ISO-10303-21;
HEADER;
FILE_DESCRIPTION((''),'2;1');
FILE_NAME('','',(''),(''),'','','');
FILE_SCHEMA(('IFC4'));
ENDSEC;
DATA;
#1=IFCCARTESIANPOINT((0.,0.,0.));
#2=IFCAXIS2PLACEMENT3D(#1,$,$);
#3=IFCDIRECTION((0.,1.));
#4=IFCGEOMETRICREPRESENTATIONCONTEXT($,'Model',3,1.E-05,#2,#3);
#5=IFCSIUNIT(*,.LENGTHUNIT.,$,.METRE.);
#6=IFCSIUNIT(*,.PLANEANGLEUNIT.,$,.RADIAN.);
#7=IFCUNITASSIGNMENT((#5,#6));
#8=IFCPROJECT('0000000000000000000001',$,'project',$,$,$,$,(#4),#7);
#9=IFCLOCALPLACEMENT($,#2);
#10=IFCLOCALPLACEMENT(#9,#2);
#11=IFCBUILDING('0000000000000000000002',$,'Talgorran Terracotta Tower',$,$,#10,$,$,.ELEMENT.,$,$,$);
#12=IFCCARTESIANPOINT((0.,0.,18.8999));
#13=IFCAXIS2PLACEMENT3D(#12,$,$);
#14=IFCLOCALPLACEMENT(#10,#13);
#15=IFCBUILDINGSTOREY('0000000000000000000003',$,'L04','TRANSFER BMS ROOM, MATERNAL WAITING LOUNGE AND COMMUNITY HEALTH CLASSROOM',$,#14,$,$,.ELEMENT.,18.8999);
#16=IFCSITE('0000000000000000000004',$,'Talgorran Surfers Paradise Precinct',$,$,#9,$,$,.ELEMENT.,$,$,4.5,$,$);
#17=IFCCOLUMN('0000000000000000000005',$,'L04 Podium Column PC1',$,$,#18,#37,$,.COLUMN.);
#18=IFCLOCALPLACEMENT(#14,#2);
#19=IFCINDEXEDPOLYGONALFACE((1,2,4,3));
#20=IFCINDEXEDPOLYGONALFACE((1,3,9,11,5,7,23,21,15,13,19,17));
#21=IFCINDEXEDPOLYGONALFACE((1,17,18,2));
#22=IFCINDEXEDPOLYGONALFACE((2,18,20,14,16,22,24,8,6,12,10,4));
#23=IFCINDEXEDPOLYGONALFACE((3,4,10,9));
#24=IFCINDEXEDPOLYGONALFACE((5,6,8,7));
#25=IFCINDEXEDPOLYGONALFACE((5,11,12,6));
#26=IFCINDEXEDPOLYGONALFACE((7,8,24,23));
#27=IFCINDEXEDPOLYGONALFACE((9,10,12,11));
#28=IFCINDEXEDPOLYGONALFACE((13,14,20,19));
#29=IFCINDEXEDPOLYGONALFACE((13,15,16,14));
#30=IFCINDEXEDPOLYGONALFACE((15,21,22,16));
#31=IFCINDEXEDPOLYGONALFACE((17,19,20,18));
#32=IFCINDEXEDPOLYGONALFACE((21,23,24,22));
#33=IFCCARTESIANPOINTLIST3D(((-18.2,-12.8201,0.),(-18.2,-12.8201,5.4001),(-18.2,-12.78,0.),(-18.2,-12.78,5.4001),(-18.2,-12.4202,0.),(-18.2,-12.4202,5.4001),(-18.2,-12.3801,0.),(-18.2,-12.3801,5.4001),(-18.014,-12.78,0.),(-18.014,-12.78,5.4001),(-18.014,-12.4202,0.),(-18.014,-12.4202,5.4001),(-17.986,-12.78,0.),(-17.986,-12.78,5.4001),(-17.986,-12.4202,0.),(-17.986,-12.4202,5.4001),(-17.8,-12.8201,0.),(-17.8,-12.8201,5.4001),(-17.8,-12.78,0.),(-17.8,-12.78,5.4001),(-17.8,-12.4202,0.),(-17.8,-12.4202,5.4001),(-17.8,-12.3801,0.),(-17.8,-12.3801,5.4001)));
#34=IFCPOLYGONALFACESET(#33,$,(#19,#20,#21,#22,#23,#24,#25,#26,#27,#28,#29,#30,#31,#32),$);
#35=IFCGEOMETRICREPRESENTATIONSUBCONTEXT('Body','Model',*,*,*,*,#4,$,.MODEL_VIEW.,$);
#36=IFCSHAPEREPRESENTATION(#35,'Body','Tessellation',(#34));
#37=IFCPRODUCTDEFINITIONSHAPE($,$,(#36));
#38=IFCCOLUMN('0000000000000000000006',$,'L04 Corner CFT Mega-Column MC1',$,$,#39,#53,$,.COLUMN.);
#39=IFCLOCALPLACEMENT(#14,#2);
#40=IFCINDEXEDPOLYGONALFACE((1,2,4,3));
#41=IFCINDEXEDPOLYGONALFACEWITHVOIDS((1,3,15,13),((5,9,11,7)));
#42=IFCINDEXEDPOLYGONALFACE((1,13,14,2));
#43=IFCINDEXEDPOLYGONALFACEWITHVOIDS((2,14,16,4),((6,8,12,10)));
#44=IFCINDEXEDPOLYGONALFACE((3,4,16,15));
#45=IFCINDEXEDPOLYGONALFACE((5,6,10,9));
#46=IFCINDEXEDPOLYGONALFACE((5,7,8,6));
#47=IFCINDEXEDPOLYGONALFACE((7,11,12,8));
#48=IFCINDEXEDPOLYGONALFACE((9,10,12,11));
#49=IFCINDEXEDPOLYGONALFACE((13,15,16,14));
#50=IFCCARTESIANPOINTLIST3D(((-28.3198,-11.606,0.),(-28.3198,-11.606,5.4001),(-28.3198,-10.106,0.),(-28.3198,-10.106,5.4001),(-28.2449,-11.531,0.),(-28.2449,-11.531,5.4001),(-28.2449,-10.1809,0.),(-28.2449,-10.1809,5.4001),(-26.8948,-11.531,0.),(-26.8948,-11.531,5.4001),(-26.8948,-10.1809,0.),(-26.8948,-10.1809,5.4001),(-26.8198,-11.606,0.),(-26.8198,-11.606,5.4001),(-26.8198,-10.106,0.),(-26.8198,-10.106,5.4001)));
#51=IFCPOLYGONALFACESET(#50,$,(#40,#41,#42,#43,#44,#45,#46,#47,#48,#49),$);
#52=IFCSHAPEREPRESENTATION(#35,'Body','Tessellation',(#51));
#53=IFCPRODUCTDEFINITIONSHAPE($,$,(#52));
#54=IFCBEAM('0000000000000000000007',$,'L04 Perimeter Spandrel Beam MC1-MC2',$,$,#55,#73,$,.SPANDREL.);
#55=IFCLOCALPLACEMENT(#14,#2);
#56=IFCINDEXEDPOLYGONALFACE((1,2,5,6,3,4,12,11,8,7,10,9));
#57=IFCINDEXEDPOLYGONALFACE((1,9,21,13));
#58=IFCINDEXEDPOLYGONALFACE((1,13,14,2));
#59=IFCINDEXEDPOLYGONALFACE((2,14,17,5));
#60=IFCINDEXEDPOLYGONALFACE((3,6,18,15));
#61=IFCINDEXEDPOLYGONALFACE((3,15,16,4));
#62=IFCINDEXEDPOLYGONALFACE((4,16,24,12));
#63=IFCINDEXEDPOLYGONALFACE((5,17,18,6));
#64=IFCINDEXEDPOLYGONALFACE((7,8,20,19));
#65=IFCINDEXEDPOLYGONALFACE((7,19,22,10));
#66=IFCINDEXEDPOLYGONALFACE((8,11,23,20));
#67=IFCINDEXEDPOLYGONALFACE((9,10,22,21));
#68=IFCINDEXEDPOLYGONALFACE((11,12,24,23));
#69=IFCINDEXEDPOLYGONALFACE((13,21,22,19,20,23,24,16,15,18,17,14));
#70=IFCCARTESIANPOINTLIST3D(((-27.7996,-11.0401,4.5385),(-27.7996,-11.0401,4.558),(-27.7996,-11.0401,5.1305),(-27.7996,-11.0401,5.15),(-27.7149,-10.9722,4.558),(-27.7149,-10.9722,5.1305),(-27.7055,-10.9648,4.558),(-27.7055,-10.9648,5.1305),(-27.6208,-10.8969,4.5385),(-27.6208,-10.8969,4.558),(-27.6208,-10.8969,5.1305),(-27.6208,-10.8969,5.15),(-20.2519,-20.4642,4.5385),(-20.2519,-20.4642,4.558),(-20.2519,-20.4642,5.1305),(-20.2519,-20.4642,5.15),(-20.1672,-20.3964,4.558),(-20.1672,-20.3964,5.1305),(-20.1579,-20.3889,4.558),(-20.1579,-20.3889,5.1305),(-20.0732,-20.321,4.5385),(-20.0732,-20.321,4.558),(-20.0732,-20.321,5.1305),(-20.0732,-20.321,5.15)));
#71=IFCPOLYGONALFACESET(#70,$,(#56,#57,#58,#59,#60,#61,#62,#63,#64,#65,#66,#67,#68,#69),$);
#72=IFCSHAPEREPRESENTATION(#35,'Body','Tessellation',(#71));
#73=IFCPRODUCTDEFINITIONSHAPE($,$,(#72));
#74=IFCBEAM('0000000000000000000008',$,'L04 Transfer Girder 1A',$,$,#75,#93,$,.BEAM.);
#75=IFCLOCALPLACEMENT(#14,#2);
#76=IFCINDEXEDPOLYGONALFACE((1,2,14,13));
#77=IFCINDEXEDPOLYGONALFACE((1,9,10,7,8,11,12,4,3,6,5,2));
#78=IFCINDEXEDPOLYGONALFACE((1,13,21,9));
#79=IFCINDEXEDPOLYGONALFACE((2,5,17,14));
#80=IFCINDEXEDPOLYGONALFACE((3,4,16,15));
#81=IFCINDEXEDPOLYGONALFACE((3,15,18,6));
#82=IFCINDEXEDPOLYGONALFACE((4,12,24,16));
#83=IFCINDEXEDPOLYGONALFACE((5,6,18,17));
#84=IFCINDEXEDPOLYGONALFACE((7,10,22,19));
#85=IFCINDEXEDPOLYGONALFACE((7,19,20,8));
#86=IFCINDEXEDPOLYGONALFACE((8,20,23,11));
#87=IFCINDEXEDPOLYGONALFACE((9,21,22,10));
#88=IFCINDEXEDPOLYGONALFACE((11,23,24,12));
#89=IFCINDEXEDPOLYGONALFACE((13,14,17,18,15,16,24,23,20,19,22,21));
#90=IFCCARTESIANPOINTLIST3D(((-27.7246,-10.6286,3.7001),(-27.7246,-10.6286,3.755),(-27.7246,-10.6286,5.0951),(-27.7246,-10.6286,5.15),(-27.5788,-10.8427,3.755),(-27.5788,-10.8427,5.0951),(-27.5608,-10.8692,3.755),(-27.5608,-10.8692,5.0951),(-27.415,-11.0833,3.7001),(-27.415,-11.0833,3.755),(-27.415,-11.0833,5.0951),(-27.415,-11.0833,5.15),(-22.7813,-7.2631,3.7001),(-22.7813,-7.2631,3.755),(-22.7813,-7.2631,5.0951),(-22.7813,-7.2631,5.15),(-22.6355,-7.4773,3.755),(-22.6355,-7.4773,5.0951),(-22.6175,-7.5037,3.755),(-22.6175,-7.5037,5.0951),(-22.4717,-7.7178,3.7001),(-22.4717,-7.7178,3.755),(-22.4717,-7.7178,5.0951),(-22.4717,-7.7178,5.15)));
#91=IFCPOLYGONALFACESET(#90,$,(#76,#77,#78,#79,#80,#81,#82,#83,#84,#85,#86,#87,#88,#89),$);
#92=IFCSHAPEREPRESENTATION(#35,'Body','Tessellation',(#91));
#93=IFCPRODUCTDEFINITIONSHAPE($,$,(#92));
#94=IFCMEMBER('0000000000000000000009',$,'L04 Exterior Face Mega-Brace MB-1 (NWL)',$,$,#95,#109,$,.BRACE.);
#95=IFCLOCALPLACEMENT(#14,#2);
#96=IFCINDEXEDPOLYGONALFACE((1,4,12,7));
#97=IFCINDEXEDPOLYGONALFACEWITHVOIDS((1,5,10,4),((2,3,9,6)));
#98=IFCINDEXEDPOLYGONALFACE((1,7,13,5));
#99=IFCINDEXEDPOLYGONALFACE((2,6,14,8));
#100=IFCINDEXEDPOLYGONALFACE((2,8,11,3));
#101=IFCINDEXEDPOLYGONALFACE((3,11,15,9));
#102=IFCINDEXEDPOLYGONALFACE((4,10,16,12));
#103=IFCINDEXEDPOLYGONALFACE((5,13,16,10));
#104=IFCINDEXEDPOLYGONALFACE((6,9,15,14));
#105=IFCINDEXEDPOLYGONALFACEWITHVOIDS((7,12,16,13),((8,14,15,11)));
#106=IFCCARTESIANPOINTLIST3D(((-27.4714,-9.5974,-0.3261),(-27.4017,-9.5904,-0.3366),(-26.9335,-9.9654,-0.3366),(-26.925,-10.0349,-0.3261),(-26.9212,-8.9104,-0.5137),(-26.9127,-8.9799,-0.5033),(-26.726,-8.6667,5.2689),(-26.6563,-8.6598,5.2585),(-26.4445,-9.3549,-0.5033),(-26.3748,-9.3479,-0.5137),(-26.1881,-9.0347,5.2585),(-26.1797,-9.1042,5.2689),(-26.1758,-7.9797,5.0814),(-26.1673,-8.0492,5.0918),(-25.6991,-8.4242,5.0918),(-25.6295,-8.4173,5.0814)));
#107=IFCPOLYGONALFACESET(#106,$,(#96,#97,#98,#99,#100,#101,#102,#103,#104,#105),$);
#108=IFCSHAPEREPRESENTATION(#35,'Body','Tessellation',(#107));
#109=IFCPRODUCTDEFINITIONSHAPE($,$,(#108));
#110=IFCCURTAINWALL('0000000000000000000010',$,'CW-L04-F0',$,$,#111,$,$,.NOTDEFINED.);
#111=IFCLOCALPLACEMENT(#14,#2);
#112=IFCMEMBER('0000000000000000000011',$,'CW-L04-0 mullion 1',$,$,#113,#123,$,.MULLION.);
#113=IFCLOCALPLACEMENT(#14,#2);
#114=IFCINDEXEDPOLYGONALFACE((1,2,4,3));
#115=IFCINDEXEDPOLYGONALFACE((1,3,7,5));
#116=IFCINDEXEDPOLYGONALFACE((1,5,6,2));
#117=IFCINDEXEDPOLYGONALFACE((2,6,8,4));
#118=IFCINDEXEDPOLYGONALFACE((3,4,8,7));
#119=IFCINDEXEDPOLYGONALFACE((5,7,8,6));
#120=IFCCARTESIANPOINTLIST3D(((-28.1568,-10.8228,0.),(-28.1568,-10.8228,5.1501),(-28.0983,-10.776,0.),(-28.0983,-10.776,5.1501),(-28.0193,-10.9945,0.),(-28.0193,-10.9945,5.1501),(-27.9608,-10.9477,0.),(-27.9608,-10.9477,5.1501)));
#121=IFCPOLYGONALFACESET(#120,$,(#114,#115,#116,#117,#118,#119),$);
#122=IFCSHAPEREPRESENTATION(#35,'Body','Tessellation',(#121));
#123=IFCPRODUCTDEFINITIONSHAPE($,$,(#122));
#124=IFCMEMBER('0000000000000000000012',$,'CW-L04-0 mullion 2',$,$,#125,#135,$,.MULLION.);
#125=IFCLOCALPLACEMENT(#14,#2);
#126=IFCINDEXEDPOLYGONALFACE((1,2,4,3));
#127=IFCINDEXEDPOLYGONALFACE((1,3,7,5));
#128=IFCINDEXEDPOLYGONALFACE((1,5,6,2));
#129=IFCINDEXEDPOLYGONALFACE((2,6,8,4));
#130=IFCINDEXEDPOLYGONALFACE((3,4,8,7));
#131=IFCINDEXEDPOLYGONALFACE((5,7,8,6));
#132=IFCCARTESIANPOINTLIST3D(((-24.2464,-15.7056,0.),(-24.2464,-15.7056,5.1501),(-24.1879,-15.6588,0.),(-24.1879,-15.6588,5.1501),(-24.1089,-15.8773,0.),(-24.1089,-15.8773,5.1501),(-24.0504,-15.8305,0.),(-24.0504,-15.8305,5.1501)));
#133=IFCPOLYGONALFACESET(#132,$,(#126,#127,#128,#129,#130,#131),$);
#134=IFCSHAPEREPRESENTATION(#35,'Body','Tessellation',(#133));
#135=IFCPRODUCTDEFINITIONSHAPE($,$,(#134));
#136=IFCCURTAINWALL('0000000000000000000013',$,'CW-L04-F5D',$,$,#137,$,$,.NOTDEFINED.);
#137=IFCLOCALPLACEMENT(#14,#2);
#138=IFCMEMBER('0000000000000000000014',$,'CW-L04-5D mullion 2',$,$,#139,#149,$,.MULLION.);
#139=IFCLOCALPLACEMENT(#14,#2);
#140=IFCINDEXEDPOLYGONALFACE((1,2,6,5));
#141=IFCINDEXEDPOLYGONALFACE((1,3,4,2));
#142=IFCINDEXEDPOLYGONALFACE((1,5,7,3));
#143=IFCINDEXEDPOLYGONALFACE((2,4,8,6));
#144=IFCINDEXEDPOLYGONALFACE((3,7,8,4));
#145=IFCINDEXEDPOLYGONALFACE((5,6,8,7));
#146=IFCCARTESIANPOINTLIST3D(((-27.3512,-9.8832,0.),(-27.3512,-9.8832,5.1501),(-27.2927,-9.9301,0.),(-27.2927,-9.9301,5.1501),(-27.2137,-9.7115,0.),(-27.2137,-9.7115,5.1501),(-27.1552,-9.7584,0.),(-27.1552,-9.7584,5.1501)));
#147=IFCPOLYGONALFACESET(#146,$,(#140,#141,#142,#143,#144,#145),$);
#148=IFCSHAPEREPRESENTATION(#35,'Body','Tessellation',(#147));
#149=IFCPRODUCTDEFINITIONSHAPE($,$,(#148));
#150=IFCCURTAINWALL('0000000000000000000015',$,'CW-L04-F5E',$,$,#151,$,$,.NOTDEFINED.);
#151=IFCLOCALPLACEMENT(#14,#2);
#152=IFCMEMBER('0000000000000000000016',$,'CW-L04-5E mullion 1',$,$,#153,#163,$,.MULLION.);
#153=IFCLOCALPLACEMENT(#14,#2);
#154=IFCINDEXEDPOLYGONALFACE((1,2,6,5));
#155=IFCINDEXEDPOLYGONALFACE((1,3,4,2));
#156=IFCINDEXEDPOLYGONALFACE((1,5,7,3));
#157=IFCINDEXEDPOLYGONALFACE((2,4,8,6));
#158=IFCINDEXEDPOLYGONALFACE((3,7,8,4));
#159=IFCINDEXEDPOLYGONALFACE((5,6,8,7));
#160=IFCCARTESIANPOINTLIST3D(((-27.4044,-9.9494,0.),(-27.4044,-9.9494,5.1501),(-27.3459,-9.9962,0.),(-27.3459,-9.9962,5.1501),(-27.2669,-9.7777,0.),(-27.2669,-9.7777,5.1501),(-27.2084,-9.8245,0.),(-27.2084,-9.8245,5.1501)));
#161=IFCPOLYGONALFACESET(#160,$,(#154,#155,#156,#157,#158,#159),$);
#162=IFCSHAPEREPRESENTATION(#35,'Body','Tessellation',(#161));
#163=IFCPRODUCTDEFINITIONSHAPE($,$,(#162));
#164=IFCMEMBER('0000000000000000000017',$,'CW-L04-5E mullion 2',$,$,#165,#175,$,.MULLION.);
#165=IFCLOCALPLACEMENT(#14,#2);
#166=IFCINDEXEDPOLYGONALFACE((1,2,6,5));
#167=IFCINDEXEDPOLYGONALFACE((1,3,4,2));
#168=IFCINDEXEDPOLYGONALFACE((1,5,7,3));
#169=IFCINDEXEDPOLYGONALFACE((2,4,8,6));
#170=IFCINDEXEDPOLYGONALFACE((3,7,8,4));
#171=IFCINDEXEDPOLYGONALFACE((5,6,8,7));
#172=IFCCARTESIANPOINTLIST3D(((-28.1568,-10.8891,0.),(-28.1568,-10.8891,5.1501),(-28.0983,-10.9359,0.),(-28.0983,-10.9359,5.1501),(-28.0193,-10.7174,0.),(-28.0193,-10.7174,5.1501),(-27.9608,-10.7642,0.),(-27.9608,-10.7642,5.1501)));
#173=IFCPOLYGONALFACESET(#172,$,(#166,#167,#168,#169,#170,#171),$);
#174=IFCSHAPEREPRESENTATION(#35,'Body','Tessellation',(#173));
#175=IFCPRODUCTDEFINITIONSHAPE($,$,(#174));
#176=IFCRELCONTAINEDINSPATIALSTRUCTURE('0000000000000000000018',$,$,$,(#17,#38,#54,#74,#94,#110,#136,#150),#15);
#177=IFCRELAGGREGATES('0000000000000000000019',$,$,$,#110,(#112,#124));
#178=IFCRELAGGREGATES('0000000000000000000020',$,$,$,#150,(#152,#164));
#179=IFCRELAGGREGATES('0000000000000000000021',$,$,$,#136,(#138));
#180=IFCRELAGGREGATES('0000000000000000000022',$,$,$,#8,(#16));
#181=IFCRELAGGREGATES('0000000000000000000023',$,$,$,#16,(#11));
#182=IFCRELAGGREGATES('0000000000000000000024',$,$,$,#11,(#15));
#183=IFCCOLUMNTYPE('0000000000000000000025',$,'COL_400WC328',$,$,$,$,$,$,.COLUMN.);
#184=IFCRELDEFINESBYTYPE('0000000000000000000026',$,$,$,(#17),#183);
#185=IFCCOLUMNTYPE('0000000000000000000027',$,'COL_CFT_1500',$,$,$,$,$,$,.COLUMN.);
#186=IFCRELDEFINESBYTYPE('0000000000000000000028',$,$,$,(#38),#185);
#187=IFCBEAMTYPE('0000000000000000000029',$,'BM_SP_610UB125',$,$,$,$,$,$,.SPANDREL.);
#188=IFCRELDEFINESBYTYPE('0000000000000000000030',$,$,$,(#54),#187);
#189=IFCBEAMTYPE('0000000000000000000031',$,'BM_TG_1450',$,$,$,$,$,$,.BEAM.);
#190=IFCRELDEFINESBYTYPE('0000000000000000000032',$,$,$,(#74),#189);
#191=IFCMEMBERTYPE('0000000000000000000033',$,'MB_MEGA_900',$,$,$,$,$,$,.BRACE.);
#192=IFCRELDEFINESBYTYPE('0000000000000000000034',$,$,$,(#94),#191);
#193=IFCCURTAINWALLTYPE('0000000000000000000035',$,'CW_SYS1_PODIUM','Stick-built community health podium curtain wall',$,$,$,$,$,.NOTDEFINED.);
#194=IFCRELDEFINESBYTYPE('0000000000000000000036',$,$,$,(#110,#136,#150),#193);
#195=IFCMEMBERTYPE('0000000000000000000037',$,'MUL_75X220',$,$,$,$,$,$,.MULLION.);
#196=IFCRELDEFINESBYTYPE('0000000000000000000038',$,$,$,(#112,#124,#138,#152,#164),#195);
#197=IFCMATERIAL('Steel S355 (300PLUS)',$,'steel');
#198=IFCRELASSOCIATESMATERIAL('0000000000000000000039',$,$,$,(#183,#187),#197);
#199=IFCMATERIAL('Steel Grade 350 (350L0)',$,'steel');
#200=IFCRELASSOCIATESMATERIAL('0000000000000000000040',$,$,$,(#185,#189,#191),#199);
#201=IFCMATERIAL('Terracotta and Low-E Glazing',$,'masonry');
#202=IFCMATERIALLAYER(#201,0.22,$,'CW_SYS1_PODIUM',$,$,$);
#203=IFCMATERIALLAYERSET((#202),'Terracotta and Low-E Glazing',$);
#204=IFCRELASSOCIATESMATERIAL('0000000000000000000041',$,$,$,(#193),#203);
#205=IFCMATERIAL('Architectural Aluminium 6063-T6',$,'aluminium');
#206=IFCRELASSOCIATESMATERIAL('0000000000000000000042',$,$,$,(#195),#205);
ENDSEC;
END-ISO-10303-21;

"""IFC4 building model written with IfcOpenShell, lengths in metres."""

from ifc_helpers import new_model, si_unit, direction, frame, origin, origin_2d, place, context, subcontext, project, spatial, rectangle, hollow_rectangle, i_section, extrude, material, layer, layer_set, material_profile, profile_set, type_object, element, aggregate, save


model = new_model("IFC4")

# Units and contexts
model_context = context("Model", 3, precision=1e-05, world=origin(), true_north=direction((0.0, 1.0)))
body_context = subcontext(model_context, "Body", "Model", "MODEL_VIEW")
ifc_project = project(units=[si_unit("LENGTHUNIT", "METRE"), si_unit("PLANEANGLEUNIT", "RADIAN")], contexts=[model_context])

# Site, building, storey
site_placement = place(None, origin())
site = spatial("IfcSite", under=ifc_project, at=site_placement, Name="Talgorran Surfers Paradise Precinct", CompositionType="ELEMENT", RefElevation=4.5)
building_placement = place(site_placement, origin())
building = spatial("IfcBuilding", under=site, at=building_placement, Name="Talgorran Terracotta Tower", CompositionType="ELEMENT")
storey_placement = place(building_placement, frame((0.0, 0.0, 18.8999)))
storey = spatial("IfcBuildingStorey", under=building, at=storey_placement, Name="L04", Description="TRANSFER BMS ROOM, MATERNAL WAITING LOUNGE AND COMMUNITY HEALTH CLASSROOM", CompositionType="ELEMENT", Elevation=18.8999)

# Columns
ifc_material_1 = material(Name="Steel S355 (300PLUS)", Category="steel")
ifc_material_profile_1 = material_profile(ifc_material_1, i_section(OverallWidth=0.3999, OverallDepth=0.4399, WebThickness=0.0281, FlangeThickness=0.04, at=origin_2d()), Name="400WC328")
ifc_profile_set_1 = profile_set([ifc_material_profile_1], Name="Steel S355 (300PLUS)")
column_type_1 = type_object("IfcColumnType", Name="COL_400WC328", PredefinedType="COLUMN", material=ifc_profile_set_1)
column_1_placement = place(storey_placement, frame((-18.0, -12.6001, 0.0), z_axis=(0.0, 0.0, 1.0), x_axis=(1.0, 0.0, 0.0)))
element("IfcColumn", 1, at=column_1_placement, inside=storey, type_object=column_type_1, Name="L04 Podium Column PC1", PredefinedType="COLUMN", context=body_context, shape_type="SweptSolid", body=[
    extrude(i_section(OverallWidth=0.3999, OverallDepth=0.4399, WebThickness=0.0281, FlangeThickness=0.04, at=origin_2d()), origin(), (0.0, 0.0, 1.0), 5.4001),
])
ifc_material_2 = material(Name="Steel Grade 350 (350L0)", Category="steel")
ifc_material_profile_2 = material_profile(ifc_material_2, hollow_rectangle(XDim=1.5, YDim=1.5, WallThickness=0.075, at=origin_2d()), Name="CFT1500X1500X75")
ifc_profile_set_2 = profile_set([ifc_material_profile_2], Name="Steel Grade 350 (350L0)")
column_type_2 = type_object("IfcColumnType", Name="COL_CFT_1500", PredefinedType="COLUMN", material=ifc_profile_set_2)
column_2_placement = place(storey_placement, frame((-27.5698, -10.856, 0.0), z_axis=(0.0, 0.0, 1.0), x_axis=(1.0, 0.0, 0.0)))
element("IfcColumn", 2, at=column_2_placement, inside=storey, type_object=column_type_2, Name="L04 Corner CFT Mega-Column MC1", PredefinedType="COLUMN", context=body_context, shape_type="SweptSolid", body=[
    extrude(hollow_rectangle(XDim=1.5, YDim=1.5, WallThickness=0.075, at=origin_2d()), origin(), (0.0, 0.0, 1.0), 5.4001),
])

# Beams
ifc_material_profile_3 = material_profile(ifc_material_1, i_section(OverallWidth=0.229, OverallDepth=0.6116, WebThickness=0.012, FlangeThickness=0.0195, at=origin_2d()), Name="610UB125")
ifc_profile_set_3 = profile_set([ifc_material_profile_3], Name="Steel S355 (300PLUS)")
beam_type_1 = type_object("IfcBeamType", Name="BM_SP_610UB125", PredefinedType="SPANDREL", material=ifc_profile_set_3)
beam_1_placement = place(storey_placement, frame((-27.7102, -10.9685, 4.8442), z_axis=(0.625117, -0.780531, 0.0), x_axis=(0.780531, 0.625117, 0.0)))
element("IfcBeam", 3, at=beam_1_placement, inside=storey, type_object=beam_type_1, Name="L04 Perimeter Spandrel Beam MC1-MC2", PredefinedType="SPANDREL", context=body_context, shape_type="SweptSolid", body=[
    extrude(i_section(OverallWidth=0.229, OverallDepth=0.6116, WebThickness=0.012, FlangeThickness=0.0195, at=origin_2d()), origin(), (0.0, 0.0, 1.0), 12.074),
])
ifc_material_profile_4 = material_profile(ifc_material_2, i_section(OverallWidth=0.55, OverallDepth=1.45, WebThickness=0.032, FlangeThickness=0.0549, at=origin_2d()), Name="TG1450X550")
ifc_profile_set_4 = profile_set([ifc_material_profile_4], Name="Steel Grade 350 (350L0)")
beam_type_2 = type_object("IfcBeamType", Name="BM_TG_1450", PredefinedType="BEAM", material=ifc_profile_set_4)
beam_2_placement = place(storey_placement, frame((-27.5698, -10.856, 4.425), z_axis=(0.826616, 0.562767, 0.0), x_axis=(-0.562767, 0.826616, 0.0)))
element("IfcBeam", 4, at=beam_2_placement, inside=storey, type_object=beam_type_2, Name="L04 Transfer Girder 1A", PredefinedType="BEAM", context=body_context, shape_type="SweptSolid", body=[
    extrude(i_section(OverallWidth=0.55, OverallDepth=1.45, WebThickness=0.032, FlangeThickness=0.0549, at=origin_2d()), origin(), (0.0, 0.0, 1.0), 5.9802),
])

# Member
ifc_material_profile_5 = material_profile(ifc_material_2, hollow_rectangle(XDim=0.7, YDim=0.8999, WallThickness=0.05, at=origin_2d()), Name="WBOX900X700X50")
ifc_profile_set_5 = profile_set([ifc_material_profile_5], Name="Steel Grade 350 (350L0)")
member_type_1 = type_object("IfcMemberType", Name="MB_MEGA_900", PredefinedType="BRACE", material=ifc_profile_set_5)
member_1_placement = place(storey_placement, frame((-26.9231, -9.4727, -0.4199), z_axis=(0.130294, 0.162686, 0.978037), x_axis=(-0.780529, 0.625119, 0.0)))
element("IfcMember", 5, at=member_1_placement, inside=storey, type_object=member_type_1, Name="L04 Exterior Face Mega-Brace MB-1 (NWL)", PredefinedType="BRACE", context=body_context, shape_type="SweptSolid", body=[
    extrude(hollow_rectangle(XDim=0.7, YDim=0.8999, WallThickness=0.05, at=origin_2d()), origin(), (0.0, 0.0, 1.0), 5.7207),
])

# Curtain wall, members
ifc_material_3 = material(Name="Terracotta and Low-E Glazing", Category="masonry")
ifc_layer_1 = layer(ifc_material_3, 0.22, Name="CW_SYS1_PODIUM")
ifc_layer_set_1 = layer_set([ifc_layer_1], Name="Terracotta and Low-E Glazing")
curtain_wall_type = type_object("IfcCurtainWallType", Name="CW_SYS1_PODIUM", Description="Stick-built community health podium curtain wall", PredefinedType="NOTDEFINED", material=ifc_layer_set_1)
curtain_wall_1_placement = place(storey_placement, origin())
curtain_wall_1 = element("IfcCurtainWall", 6, at=curtain_wall_1_placement, inside=storey, type_object=curtain_wall_type, Name="CW-L04-F0", PredefinedType="NOTDEFINED")
ifc_material_4 = material(Name="Architectural Aluminium 6063-T6", Category="aluminium")
ifc_material_profile_6 = material_profile(ifc_material_4, rectangle(XDim=0.075, YDim=0.22, at=origin_2d()), Name="CWM75X220")
ifc_profile_set_6 = profile_set([ifc_material_profile_6], Name="Architectural Aluminium 6063-T6")
member_type_2 = type_object("IfcMemberType", Name="MUL_75X220", PredefinedType="MULLION", material=ifc_profile_set_6)
member_2_placement = place(storey_placement, frame((-28.0588, -10.8853, 0.0), z_axis=(0.0, 0.0, 1.0), x_axis=(0.780532, 0.625116, 0.0)))
member_2 = element("IfcMember", 7, at=member_2_placement, type_object=member_type_2, Name="CW-L04-0 mullion 1", PredefinedType="MULLION", context=body_context, shape_type="SweptSolid", body=[
    extrude(rectangle(XDim=0.075, YDim=0.22, at=origin_2d()), origin(), (0.0, 0.0, 1.0), 5.1501),
])
member_3_placement = place(storey_placement, frame((-24.1484, -15.7681, 0.0), z_axis=(0.0, 0.0, 1.0), x_axis=(0.780532, 0.625116, 0.0)))
member_3 = element("IfcMember", 8, at=member_3_placement, type_object=member_type_2, Name="CW-L04-0 mullion 2", PredefinedType="MULLION", context=body_context, shape_type="SweptSolid", body=[
    extrude(rectangle(XDim=0.075, YDim=0.22, at=origin_2d()), origin(), (0.0, 0.0, 1.0), 5.1501),
])

# Curtain wall, member
curtain_wall_2_placement = place(storey_placement, origin())
curtain_wall_2 = element("IfcCurtainWall", 9, at=curtain_wall_2_placement, inside=storey, type_object=curtain_wall_type, Name="CW-L04-F5D", PredefinedType="NOTDEFINED")
member_4_placement = place(storey_placement, frame((-27.2532, -9.8208, 0.0), z_axis=(0.0, 0.0, 1.0), x_axis=(0.780541, -0.625104, 0.0)))
member_4 = element("IfcMember", 10, at=member_4_placement, type_object=member_type_2, Name="CW-L04-5D mullion 2", PredefinedType="MULLION", context=body_context, shape_type="SweptSolid", body=[
    extrude(rectangle(XDim=0.075, YDim=0.22, at=origin_2d()), origin(), (0.0, 0.0, 1.0), 5.1501),
])

# Curtain wall, members
curtain_wall_3_placement = place(storey_placement, origin())
curtain_wall_3 = element("IfcCurtainWall", 11, at=curtain_wall_3_placement, inside=storey, type_object=curtain_wall_type, Name="CW-L04-F5E", PredefinedType="NOTDEFINED")
member_5_placement = place(storey_placement, frame((-27.3064, -9.887, 0.0), z_axis=(0.0, 0.0, 1.0), x_axis=(0.780548, -0.625095, 0.0)))
member_5 = element("IfcMember", 12, at=member_5_placement, type_object=member_type_2, Name="CW-L04-5E mullion 1", PredefinedType="MULLION", context=body_context, shape_type="SweptSolid", body=[
    extrude(rectangle(XDim=0.075, YDim=0.22, at=origin_2d()), origin(), (0.0, 0.0, 1.0), 5.1501),
])
member_6_placement = place(storey_placement, frame((-28.0588, -10.8267, 0.0), z_axis=(0.0, 0.0, 1.0), x_axis=(0.780548, -0.625095, 0.0)))
member_6 = element("IfcMember", 13, at=member_6_placement, type_object=member_type_2, Name="CW-L04-5E mullion 2", PredefinedType="MULLION", context=body_context, shape_type="SweptSolid", body=[
    extrude(rectangle(XDim=0.075, YDim=0.22, at=origin_2d()), origin(), (0.0, 0.0, 1.0), 5.1501),
])

aggregate(curtain_wall_1, [member_2, member_3])
aggregate(curtain_wall_3, [member_5, member_6])
aggregate(curtain_wall_2, [member_4])

save(model, "model.ifc")
